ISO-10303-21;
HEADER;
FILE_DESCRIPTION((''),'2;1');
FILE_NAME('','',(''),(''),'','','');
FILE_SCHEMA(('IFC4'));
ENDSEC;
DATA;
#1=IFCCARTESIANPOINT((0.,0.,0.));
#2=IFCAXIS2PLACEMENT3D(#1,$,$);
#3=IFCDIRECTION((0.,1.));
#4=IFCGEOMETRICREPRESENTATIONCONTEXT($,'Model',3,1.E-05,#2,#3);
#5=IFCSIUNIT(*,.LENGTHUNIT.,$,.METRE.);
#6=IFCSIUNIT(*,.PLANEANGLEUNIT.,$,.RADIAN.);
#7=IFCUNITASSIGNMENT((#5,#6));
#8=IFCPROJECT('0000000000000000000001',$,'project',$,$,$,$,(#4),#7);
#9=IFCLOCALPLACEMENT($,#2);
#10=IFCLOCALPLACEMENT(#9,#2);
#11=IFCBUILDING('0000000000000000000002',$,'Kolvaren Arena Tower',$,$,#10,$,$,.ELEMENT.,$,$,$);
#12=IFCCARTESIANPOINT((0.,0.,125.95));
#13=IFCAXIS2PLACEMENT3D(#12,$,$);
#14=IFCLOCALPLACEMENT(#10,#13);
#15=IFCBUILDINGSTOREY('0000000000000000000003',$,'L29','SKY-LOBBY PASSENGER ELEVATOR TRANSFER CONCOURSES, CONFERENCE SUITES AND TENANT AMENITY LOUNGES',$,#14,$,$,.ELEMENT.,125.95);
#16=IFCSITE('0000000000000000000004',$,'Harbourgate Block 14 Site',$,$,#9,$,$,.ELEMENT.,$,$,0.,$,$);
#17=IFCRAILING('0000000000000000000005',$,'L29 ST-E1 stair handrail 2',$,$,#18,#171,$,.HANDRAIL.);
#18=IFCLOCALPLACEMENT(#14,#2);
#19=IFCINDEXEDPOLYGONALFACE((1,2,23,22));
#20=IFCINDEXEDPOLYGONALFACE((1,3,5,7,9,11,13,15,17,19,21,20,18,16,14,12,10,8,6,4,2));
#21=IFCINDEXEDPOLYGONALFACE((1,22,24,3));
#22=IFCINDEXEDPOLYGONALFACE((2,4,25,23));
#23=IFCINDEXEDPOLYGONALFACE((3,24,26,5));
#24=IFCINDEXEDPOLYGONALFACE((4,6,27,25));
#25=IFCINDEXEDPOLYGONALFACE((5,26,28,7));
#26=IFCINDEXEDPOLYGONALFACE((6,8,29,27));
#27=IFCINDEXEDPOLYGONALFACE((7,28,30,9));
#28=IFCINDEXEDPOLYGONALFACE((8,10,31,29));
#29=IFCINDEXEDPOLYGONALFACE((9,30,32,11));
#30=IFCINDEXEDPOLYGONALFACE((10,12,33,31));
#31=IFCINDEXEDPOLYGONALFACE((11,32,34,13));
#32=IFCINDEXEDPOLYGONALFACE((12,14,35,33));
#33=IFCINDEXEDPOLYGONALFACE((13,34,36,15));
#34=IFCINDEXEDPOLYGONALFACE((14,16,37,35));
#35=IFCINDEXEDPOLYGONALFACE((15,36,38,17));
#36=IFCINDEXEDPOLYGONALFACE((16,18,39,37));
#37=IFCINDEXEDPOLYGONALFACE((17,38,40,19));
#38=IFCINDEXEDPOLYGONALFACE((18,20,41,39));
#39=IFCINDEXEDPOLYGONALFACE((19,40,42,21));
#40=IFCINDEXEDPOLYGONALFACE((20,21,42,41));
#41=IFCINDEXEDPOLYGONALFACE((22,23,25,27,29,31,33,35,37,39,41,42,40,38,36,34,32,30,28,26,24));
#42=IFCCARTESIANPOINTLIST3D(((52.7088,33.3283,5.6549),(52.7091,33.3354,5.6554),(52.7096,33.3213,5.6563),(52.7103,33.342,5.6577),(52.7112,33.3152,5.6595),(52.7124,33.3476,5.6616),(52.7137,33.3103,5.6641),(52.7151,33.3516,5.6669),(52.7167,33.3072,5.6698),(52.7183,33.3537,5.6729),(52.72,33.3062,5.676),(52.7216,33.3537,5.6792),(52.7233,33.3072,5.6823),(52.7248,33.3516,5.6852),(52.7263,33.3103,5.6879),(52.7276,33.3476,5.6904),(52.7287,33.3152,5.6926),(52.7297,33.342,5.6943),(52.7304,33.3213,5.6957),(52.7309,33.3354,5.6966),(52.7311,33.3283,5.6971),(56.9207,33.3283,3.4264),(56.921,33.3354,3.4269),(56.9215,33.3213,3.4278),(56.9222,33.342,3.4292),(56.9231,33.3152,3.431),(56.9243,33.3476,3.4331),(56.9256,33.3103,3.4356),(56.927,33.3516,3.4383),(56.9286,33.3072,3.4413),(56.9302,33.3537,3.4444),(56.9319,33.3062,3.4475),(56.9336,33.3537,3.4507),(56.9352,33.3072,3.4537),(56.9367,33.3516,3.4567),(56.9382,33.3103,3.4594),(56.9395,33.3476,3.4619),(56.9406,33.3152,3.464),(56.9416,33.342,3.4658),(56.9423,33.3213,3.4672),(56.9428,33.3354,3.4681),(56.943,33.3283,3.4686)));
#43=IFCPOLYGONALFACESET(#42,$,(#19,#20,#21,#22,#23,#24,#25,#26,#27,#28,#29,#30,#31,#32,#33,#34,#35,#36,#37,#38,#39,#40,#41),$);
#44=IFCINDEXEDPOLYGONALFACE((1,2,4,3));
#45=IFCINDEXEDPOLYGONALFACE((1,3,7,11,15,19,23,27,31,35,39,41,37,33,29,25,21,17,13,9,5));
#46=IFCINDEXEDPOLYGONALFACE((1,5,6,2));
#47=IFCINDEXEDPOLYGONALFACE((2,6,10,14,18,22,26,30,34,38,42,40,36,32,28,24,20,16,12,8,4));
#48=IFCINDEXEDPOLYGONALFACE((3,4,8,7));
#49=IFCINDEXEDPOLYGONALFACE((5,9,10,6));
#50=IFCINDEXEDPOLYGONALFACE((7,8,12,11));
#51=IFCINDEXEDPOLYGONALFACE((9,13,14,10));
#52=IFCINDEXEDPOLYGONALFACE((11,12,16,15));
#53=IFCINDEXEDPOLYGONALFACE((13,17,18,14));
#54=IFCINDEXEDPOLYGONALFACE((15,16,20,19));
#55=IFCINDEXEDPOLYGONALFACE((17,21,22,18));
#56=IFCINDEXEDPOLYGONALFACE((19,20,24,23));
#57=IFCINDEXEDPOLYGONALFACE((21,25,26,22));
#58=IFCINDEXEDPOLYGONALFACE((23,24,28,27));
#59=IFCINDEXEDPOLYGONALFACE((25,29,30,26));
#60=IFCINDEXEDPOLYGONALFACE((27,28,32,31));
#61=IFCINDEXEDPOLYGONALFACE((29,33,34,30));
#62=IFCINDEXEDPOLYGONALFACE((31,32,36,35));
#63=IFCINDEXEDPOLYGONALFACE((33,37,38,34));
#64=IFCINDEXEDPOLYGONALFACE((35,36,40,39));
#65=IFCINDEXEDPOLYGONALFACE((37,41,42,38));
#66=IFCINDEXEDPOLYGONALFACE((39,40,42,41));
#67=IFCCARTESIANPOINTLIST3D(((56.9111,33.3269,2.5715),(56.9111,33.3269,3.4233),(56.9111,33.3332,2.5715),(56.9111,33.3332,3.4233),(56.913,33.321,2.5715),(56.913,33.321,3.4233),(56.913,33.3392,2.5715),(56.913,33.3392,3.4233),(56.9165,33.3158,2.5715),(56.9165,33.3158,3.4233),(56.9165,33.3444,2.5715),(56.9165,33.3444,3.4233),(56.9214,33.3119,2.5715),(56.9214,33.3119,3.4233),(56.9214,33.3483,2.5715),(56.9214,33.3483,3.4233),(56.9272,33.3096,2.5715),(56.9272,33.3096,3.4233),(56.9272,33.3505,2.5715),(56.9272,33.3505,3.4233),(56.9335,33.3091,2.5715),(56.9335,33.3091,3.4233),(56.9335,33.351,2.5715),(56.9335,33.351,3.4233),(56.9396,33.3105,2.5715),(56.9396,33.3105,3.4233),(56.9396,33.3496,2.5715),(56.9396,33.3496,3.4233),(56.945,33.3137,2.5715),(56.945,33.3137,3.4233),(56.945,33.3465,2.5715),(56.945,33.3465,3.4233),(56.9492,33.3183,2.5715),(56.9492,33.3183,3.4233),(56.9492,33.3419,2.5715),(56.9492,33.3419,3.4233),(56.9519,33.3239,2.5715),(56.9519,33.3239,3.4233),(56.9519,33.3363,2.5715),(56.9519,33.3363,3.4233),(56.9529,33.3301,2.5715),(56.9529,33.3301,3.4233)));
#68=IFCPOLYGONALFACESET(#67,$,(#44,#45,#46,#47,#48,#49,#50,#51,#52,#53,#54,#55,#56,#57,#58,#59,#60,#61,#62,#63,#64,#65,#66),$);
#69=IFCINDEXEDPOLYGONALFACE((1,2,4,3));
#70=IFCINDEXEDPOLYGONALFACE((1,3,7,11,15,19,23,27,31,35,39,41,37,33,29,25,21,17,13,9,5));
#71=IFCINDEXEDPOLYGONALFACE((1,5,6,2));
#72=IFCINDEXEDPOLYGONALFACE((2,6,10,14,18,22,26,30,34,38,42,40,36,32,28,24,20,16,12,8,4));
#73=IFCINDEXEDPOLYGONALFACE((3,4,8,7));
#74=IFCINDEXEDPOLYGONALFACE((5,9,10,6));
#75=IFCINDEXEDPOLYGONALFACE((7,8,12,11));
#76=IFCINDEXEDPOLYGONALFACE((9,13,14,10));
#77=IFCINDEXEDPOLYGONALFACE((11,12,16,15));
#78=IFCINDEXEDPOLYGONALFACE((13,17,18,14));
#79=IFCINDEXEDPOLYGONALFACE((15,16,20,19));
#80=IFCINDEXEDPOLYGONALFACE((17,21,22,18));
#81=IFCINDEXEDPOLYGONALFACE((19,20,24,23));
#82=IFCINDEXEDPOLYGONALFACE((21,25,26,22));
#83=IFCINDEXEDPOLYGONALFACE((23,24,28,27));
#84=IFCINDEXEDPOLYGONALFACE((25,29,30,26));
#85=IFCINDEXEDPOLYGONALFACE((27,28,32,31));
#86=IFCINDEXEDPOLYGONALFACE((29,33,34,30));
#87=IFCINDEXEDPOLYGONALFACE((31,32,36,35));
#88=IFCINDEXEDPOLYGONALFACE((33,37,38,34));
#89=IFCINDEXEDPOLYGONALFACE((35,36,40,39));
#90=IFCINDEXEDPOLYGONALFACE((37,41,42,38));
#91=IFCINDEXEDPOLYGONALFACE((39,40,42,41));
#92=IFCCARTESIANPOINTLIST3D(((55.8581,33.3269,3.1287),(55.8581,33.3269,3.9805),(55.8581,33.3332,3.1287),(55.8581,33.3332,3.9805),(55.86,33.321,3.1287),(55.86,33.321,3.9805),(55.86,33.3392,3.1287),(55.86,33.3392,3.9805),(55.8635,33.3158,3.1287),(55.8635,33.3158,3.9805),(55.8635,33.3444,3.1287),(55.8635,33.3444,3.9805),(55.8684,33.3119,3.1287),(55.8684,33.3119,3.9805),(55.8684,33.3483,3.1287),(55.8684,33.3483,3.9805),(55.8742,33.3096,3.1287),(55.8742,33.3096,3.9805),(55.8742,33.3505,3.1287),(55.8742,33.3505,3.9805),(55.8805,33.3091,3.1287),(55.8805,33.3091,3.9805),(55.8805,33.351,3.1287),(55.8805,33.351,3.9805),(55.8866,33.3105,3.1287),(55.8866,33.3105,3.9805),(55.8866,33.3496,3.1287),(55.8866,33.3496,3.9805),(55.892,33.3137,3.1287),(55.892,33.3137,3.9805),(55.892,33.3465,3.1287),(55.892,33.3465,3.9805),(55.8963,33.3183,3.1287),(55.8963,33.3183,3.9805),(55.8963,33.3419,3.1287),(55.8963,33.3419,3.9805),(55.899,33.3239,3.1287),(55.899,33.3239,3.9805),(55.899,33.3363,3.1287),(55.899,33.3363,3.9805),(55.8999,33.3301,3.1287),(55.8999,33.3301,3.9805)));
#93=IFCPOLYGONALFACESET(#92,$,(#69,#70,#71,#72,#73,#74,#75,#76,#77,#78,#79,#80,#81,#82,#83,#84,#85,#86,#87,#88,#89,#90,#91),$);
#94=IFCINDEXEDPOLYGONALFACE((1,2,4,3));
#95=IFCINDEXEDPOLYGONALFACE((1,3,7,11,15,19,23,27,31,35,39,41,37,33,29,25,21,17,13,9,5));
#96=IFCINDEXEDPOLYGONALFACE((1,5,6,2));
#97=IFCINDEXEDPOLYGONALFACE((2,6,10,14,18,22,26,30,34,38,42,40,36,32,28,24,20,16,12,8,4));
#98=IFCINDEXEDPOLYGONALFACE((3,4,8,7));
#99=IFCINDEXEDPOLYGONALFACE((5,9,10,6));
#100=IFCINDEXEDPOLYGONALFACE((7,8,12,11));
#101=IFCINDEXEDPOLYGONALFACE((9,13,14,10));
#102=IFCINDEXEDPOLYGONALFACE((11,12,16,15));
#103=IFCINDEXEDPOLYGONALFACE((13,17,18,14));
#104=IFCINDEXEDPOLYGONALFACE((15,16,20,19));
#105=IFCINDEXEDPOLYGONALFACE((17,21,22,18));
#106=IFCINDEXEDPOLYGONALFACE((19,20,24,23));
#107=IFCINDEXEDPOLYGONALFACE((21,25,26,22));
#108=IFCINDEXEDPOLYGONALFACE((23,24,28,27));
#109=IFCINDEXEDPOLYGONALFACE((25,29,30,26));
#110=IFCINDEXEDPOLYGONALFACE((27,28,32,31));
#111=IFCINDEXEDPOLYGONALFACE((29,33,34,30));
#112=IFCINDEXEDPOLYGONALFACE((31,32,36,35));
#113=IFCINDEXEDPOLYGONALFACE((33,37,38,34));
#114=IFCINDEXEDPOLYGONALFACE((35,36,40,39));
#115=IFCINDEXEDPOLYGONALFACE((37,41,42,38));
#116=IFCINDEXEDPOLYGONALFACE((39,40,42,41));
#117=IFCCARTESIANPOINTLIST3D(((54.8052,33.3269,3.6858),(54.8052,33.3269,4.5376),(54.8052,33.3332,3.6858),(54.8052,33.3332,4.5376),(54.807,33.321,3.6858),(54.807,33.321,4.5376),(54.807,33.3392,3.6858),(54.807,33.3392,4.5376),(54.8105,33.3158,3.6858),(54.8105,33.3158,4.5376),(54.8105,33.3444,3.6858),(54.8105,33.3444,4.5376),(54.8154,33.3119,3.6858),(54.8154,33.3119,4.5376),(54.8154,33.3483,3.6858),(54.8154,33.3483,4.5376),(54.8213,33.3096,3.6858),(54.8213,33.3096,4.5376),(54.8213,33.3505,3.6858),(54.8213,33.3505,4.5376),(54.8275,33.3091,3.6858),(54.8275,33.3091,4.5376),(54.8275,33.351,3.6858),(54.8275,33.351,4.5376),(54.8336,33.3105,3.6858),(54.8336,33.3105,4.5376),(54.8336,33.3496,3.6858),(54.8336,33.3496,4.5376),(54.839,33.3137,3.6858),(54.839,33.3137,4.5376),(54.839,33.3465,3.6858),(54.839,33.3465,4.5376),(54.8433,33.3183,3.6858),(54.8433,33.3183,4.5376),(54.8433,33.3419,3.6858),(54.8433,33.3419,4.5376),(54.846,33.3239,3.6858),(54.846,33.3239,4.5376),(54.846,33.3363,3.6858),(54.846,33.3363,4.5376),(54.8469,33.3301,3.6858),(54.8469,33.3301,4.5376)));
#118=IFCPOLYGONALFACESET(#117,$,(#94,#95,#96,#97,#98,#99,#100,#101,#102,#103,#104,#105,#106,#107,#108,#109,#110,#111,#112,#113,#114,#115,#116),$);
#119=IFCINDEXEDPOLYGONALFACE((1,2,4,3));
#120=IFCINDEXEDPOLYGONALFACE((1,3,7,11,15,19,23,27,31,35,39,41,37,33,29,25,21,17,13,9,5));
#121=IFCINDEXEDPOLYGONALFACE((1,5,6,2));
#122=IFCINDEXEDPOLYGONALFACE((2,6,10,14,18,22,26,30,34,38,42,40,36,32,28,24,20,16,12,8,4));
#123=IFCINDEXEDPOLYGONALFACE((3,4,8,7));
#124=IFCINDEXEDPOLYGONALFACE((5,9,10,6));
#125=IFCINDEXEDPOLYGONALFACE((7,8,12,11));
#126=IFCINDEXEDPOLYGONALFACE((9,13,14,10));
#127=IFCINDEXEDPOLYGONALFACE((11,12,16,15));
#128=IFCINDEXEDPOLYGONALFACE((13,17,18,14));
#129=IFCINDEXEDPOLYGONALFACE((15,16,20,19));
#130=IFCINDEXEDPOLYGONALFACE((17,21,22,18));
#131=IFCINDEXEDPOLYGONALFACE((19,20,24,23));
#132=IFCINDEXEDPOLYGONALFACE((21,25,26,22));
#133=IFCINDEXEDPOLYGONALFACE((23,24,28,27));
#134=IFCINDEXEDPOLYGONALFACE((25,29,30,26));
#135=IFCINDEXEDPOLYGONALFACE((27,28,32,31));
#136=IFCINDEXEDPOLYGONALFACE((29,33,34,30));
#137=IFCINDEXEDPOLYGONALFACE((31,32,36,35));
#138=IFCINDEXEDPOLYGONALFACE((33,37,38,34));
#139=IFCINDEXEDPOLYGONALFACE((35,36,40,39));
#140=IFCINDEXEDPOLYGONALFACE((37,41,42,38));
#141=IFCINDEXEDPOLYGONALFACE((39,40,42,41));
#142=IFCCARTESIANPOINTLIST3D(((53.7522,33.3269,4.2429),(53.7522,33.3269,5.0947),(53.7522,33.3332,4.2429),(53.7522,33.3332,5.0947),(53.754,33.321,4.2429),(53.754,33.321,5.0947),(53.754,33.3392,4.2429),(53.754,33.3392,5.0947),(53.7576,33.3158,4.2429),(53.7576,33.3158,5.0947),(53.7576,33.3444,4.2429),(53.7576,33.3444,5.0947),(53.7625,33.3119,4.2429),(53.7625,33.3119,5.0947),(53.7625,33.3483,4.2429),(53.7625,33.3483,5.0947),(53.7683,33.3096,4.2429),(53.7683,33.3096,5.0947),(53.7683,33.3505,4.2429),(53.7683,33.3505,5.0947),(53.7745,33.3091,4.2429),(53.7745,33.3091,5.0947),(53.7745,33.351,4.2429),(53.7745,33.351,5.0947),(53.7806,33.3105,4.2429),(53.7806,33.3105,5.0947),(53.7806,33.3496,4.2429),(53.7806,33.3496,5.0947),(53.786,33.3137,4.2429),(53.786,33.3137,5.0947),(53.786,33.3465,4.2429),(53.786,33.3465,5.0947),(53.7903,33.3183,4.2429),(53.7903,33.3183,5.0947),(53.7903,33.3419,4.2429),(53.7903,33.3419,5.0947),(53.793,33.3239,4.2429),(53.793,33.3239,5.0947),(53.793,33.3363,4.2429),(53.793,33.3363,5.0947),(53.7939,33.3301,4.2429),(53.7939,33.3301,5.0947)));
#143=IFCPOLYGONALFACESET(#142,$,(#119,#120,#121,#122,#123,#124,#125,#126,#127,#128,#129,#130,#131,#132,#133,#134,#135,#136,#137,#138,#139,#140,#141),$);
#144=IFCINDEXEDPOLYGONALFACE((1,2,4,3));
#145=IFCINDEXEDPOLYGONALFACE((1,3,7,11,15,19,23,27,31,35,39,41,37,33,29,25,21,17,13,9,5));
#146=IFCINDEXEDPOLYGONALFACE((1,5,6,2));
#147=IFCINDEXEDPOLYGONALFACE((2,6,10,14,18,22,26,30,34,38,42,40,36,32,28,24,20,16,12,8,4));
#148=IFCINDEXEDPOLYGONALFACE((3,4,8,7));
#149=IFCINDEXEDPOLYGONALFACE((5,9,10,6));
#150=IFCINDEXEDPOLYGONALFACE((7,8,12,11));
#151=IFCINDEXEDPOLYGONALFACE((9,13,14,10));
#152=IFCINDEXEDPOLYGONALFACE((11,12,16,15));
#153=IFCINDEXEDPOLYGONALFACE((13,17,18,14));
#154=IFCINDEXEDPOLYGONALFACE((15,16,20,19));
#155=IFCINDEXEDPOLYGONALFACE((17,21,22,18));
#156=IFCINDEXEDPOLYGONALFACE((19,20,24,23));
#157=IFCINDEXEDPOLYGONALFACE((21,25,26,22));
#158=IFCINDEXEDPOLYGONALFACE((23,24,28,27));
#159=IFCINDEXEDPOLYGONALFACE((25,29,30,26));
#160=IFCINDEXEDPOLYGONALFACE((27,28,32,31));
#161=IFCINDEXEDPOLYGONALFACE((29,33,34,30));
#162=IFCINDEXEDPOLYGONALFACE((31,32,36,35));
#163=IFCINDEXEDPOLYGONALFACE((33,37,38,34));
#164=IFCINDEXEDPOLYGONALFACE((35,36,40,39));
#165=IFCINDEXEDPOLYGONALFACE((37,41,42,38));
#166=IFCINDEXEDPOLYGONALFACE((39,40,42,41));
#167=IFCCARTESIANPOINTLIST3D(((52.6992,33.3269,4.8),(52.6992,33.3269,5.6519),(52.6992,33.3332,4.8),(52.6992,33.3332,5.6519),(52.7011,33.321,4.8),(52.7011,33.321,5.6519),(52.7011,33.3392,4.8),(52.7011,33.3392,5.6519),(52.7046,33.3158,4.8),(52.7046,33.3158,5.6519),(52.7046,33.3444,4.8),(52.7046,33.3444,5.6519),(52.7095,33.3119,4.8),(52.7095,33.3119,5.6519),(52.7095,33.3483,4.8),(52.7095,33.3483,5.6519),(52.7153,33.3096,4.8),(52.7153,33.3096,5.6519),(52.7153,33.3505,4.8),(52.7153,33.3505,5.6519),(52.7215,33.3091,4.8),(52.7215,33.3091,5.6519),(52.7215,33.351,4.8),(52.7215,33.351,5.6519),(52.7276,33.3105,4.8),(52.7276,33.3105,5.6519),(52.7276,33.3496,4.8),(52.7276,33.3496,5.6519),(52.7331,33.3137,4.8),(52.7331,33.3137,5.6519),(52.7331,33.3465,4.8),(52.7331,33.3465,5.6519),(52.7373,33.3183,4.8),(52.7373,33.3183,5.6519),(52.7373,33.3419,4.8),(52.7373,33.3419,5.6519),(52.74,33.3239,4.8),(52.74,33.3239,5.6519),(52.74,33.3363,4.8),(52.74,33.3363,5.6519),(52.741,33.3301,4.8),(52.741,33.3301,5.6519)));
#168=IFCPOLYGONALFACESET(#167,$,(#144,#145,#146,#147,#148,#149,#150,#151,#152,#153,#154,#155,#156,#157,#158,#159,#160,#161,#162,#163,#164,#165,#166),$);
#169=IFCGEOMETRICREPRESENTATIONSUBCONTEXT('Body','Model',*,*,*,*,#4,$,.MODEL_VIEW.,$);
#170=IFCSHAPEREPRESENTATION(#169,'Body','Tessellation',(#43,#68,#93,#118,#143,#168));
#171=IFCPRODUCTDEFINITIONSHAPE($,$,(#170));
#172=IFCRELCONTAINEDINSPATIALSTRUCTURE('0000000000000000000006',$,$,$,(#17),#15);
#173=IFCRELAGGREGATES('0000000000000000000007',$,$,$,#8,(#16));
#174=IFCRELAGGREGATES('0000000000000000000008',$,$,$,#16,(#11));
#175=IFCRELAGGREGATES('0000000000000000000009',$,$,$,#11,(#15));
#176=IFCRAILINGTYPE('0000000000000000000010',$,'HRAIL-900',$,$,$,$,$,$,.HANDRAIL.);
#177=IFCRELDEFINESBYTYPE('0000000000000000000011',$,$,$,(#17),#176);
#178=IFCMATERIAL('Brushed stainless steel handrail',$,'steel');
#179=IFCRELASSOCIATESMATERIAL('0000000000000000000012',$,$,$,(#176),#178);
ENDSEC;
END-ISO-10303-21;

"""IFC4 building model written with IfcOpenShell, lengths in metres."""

from ifc_helpers import new_model, si_unit, direction, frame, origin, origin_2d, place, context, subcontext, project, spatial, circle, extrude, material, type_object, element, save


model = new_model("IFC4")

# Units and contexts
model_context = context("Model", 3, precision=1e-05, world=origin(), true_north=direction((0.0, 1.0)))
body_context = subcontext(model_context, "Body", "Model", "MODEL_VIEW")
ifc_project = project(units=[si_unit("LENGTHUNIT", "METRE"), si_unit("PLANEANGLEUNIT", "RADIAN")], contexts=[model_context])

# Site, building, storey
site_placement = place(None, origin())
site = spatial("IfcSite", under=ifc_project, at=site_placement, Name="Harbourgate Block 14 Site", CompositionType="ELEMENT", RefElevation=0.0)
building_placement = place(site_placement, origin())
building = spatial("IfcBuilding", under=site, at=building_placement, Name="Kolvaren Arena Tower", CompositionType="ELEMENT")
storey_placement = place(building_placement, frame((0.0, 0.0, 125.95)))
storey = spatial("IfcBuildingStorey", under=building, at=storey_placement, Name="L29", Description="SKY-LOBBY PASSENGER ELEVATOR TRANSFER CONCOURSES, CONFERENCE SUITES AND TENANT AMENITY LOUNGES", CompositionType="ELEMENT", Elevation=125.95)

# Railing
ifc_material_1 = material(Name="Brushed stainless steel handrail", Category="steel")
railing_type_1 = type_object("IfcRailingType", Name="HRAIL-900", PredefinedType="HANDRAIL", material=ifc_material_1)
railing_1_placement = place(storey_placement, frame((56.9319, 33.3301, 2.5715)))
element("IfcRailing", 1, at=railing_1_placement, inside=storey, type_object=railing_type_1, Name="L29 ST-E1 stair handrail 2", PredefinedType="HANDRAIL", context=body_context, shape_type="SweptSolid", body=[
    extrude(circle(Radius=0.0239, at=origin_2d()), frame((0.0, 0.0, 0.876), z_axis=(-0.883903, 0.0, 0.467671), x_axis=(0.0, -1.0, 0.0)), (0.0, 0.0, 1.0), 4.7651),
    extrude(circle(Radius=0.021, at=origin_2d()), origin(), (0.0, 0.0, 1.0), 0.8518),
    extrude(circle(Radius=0.021, at=origin_2d()), frame((-1.053, 0.0, 0.5571)), (0.0, 0.0, 1.0), 0.8518),
    extrude(circle(Radius=0.021, at=origin_2d()), frame((-2.106, 0.0, 1.1143)), (0.0, 0.0, 1.0), 0.8518),
    extrude(circle(Radius=0.021, at=origin_2d()), frame((-3.1589, 0.0, 1.6714)), (0.0, 0.0, 1.0), 0.8518),
    extrude(circle(Radius=0.021, at=origin_2d()), frame((-4.2119, 0.0, 2.2285)), (0.0, 0.0, 1.0), 0.8518),
])

save(model, "model.ifc")
